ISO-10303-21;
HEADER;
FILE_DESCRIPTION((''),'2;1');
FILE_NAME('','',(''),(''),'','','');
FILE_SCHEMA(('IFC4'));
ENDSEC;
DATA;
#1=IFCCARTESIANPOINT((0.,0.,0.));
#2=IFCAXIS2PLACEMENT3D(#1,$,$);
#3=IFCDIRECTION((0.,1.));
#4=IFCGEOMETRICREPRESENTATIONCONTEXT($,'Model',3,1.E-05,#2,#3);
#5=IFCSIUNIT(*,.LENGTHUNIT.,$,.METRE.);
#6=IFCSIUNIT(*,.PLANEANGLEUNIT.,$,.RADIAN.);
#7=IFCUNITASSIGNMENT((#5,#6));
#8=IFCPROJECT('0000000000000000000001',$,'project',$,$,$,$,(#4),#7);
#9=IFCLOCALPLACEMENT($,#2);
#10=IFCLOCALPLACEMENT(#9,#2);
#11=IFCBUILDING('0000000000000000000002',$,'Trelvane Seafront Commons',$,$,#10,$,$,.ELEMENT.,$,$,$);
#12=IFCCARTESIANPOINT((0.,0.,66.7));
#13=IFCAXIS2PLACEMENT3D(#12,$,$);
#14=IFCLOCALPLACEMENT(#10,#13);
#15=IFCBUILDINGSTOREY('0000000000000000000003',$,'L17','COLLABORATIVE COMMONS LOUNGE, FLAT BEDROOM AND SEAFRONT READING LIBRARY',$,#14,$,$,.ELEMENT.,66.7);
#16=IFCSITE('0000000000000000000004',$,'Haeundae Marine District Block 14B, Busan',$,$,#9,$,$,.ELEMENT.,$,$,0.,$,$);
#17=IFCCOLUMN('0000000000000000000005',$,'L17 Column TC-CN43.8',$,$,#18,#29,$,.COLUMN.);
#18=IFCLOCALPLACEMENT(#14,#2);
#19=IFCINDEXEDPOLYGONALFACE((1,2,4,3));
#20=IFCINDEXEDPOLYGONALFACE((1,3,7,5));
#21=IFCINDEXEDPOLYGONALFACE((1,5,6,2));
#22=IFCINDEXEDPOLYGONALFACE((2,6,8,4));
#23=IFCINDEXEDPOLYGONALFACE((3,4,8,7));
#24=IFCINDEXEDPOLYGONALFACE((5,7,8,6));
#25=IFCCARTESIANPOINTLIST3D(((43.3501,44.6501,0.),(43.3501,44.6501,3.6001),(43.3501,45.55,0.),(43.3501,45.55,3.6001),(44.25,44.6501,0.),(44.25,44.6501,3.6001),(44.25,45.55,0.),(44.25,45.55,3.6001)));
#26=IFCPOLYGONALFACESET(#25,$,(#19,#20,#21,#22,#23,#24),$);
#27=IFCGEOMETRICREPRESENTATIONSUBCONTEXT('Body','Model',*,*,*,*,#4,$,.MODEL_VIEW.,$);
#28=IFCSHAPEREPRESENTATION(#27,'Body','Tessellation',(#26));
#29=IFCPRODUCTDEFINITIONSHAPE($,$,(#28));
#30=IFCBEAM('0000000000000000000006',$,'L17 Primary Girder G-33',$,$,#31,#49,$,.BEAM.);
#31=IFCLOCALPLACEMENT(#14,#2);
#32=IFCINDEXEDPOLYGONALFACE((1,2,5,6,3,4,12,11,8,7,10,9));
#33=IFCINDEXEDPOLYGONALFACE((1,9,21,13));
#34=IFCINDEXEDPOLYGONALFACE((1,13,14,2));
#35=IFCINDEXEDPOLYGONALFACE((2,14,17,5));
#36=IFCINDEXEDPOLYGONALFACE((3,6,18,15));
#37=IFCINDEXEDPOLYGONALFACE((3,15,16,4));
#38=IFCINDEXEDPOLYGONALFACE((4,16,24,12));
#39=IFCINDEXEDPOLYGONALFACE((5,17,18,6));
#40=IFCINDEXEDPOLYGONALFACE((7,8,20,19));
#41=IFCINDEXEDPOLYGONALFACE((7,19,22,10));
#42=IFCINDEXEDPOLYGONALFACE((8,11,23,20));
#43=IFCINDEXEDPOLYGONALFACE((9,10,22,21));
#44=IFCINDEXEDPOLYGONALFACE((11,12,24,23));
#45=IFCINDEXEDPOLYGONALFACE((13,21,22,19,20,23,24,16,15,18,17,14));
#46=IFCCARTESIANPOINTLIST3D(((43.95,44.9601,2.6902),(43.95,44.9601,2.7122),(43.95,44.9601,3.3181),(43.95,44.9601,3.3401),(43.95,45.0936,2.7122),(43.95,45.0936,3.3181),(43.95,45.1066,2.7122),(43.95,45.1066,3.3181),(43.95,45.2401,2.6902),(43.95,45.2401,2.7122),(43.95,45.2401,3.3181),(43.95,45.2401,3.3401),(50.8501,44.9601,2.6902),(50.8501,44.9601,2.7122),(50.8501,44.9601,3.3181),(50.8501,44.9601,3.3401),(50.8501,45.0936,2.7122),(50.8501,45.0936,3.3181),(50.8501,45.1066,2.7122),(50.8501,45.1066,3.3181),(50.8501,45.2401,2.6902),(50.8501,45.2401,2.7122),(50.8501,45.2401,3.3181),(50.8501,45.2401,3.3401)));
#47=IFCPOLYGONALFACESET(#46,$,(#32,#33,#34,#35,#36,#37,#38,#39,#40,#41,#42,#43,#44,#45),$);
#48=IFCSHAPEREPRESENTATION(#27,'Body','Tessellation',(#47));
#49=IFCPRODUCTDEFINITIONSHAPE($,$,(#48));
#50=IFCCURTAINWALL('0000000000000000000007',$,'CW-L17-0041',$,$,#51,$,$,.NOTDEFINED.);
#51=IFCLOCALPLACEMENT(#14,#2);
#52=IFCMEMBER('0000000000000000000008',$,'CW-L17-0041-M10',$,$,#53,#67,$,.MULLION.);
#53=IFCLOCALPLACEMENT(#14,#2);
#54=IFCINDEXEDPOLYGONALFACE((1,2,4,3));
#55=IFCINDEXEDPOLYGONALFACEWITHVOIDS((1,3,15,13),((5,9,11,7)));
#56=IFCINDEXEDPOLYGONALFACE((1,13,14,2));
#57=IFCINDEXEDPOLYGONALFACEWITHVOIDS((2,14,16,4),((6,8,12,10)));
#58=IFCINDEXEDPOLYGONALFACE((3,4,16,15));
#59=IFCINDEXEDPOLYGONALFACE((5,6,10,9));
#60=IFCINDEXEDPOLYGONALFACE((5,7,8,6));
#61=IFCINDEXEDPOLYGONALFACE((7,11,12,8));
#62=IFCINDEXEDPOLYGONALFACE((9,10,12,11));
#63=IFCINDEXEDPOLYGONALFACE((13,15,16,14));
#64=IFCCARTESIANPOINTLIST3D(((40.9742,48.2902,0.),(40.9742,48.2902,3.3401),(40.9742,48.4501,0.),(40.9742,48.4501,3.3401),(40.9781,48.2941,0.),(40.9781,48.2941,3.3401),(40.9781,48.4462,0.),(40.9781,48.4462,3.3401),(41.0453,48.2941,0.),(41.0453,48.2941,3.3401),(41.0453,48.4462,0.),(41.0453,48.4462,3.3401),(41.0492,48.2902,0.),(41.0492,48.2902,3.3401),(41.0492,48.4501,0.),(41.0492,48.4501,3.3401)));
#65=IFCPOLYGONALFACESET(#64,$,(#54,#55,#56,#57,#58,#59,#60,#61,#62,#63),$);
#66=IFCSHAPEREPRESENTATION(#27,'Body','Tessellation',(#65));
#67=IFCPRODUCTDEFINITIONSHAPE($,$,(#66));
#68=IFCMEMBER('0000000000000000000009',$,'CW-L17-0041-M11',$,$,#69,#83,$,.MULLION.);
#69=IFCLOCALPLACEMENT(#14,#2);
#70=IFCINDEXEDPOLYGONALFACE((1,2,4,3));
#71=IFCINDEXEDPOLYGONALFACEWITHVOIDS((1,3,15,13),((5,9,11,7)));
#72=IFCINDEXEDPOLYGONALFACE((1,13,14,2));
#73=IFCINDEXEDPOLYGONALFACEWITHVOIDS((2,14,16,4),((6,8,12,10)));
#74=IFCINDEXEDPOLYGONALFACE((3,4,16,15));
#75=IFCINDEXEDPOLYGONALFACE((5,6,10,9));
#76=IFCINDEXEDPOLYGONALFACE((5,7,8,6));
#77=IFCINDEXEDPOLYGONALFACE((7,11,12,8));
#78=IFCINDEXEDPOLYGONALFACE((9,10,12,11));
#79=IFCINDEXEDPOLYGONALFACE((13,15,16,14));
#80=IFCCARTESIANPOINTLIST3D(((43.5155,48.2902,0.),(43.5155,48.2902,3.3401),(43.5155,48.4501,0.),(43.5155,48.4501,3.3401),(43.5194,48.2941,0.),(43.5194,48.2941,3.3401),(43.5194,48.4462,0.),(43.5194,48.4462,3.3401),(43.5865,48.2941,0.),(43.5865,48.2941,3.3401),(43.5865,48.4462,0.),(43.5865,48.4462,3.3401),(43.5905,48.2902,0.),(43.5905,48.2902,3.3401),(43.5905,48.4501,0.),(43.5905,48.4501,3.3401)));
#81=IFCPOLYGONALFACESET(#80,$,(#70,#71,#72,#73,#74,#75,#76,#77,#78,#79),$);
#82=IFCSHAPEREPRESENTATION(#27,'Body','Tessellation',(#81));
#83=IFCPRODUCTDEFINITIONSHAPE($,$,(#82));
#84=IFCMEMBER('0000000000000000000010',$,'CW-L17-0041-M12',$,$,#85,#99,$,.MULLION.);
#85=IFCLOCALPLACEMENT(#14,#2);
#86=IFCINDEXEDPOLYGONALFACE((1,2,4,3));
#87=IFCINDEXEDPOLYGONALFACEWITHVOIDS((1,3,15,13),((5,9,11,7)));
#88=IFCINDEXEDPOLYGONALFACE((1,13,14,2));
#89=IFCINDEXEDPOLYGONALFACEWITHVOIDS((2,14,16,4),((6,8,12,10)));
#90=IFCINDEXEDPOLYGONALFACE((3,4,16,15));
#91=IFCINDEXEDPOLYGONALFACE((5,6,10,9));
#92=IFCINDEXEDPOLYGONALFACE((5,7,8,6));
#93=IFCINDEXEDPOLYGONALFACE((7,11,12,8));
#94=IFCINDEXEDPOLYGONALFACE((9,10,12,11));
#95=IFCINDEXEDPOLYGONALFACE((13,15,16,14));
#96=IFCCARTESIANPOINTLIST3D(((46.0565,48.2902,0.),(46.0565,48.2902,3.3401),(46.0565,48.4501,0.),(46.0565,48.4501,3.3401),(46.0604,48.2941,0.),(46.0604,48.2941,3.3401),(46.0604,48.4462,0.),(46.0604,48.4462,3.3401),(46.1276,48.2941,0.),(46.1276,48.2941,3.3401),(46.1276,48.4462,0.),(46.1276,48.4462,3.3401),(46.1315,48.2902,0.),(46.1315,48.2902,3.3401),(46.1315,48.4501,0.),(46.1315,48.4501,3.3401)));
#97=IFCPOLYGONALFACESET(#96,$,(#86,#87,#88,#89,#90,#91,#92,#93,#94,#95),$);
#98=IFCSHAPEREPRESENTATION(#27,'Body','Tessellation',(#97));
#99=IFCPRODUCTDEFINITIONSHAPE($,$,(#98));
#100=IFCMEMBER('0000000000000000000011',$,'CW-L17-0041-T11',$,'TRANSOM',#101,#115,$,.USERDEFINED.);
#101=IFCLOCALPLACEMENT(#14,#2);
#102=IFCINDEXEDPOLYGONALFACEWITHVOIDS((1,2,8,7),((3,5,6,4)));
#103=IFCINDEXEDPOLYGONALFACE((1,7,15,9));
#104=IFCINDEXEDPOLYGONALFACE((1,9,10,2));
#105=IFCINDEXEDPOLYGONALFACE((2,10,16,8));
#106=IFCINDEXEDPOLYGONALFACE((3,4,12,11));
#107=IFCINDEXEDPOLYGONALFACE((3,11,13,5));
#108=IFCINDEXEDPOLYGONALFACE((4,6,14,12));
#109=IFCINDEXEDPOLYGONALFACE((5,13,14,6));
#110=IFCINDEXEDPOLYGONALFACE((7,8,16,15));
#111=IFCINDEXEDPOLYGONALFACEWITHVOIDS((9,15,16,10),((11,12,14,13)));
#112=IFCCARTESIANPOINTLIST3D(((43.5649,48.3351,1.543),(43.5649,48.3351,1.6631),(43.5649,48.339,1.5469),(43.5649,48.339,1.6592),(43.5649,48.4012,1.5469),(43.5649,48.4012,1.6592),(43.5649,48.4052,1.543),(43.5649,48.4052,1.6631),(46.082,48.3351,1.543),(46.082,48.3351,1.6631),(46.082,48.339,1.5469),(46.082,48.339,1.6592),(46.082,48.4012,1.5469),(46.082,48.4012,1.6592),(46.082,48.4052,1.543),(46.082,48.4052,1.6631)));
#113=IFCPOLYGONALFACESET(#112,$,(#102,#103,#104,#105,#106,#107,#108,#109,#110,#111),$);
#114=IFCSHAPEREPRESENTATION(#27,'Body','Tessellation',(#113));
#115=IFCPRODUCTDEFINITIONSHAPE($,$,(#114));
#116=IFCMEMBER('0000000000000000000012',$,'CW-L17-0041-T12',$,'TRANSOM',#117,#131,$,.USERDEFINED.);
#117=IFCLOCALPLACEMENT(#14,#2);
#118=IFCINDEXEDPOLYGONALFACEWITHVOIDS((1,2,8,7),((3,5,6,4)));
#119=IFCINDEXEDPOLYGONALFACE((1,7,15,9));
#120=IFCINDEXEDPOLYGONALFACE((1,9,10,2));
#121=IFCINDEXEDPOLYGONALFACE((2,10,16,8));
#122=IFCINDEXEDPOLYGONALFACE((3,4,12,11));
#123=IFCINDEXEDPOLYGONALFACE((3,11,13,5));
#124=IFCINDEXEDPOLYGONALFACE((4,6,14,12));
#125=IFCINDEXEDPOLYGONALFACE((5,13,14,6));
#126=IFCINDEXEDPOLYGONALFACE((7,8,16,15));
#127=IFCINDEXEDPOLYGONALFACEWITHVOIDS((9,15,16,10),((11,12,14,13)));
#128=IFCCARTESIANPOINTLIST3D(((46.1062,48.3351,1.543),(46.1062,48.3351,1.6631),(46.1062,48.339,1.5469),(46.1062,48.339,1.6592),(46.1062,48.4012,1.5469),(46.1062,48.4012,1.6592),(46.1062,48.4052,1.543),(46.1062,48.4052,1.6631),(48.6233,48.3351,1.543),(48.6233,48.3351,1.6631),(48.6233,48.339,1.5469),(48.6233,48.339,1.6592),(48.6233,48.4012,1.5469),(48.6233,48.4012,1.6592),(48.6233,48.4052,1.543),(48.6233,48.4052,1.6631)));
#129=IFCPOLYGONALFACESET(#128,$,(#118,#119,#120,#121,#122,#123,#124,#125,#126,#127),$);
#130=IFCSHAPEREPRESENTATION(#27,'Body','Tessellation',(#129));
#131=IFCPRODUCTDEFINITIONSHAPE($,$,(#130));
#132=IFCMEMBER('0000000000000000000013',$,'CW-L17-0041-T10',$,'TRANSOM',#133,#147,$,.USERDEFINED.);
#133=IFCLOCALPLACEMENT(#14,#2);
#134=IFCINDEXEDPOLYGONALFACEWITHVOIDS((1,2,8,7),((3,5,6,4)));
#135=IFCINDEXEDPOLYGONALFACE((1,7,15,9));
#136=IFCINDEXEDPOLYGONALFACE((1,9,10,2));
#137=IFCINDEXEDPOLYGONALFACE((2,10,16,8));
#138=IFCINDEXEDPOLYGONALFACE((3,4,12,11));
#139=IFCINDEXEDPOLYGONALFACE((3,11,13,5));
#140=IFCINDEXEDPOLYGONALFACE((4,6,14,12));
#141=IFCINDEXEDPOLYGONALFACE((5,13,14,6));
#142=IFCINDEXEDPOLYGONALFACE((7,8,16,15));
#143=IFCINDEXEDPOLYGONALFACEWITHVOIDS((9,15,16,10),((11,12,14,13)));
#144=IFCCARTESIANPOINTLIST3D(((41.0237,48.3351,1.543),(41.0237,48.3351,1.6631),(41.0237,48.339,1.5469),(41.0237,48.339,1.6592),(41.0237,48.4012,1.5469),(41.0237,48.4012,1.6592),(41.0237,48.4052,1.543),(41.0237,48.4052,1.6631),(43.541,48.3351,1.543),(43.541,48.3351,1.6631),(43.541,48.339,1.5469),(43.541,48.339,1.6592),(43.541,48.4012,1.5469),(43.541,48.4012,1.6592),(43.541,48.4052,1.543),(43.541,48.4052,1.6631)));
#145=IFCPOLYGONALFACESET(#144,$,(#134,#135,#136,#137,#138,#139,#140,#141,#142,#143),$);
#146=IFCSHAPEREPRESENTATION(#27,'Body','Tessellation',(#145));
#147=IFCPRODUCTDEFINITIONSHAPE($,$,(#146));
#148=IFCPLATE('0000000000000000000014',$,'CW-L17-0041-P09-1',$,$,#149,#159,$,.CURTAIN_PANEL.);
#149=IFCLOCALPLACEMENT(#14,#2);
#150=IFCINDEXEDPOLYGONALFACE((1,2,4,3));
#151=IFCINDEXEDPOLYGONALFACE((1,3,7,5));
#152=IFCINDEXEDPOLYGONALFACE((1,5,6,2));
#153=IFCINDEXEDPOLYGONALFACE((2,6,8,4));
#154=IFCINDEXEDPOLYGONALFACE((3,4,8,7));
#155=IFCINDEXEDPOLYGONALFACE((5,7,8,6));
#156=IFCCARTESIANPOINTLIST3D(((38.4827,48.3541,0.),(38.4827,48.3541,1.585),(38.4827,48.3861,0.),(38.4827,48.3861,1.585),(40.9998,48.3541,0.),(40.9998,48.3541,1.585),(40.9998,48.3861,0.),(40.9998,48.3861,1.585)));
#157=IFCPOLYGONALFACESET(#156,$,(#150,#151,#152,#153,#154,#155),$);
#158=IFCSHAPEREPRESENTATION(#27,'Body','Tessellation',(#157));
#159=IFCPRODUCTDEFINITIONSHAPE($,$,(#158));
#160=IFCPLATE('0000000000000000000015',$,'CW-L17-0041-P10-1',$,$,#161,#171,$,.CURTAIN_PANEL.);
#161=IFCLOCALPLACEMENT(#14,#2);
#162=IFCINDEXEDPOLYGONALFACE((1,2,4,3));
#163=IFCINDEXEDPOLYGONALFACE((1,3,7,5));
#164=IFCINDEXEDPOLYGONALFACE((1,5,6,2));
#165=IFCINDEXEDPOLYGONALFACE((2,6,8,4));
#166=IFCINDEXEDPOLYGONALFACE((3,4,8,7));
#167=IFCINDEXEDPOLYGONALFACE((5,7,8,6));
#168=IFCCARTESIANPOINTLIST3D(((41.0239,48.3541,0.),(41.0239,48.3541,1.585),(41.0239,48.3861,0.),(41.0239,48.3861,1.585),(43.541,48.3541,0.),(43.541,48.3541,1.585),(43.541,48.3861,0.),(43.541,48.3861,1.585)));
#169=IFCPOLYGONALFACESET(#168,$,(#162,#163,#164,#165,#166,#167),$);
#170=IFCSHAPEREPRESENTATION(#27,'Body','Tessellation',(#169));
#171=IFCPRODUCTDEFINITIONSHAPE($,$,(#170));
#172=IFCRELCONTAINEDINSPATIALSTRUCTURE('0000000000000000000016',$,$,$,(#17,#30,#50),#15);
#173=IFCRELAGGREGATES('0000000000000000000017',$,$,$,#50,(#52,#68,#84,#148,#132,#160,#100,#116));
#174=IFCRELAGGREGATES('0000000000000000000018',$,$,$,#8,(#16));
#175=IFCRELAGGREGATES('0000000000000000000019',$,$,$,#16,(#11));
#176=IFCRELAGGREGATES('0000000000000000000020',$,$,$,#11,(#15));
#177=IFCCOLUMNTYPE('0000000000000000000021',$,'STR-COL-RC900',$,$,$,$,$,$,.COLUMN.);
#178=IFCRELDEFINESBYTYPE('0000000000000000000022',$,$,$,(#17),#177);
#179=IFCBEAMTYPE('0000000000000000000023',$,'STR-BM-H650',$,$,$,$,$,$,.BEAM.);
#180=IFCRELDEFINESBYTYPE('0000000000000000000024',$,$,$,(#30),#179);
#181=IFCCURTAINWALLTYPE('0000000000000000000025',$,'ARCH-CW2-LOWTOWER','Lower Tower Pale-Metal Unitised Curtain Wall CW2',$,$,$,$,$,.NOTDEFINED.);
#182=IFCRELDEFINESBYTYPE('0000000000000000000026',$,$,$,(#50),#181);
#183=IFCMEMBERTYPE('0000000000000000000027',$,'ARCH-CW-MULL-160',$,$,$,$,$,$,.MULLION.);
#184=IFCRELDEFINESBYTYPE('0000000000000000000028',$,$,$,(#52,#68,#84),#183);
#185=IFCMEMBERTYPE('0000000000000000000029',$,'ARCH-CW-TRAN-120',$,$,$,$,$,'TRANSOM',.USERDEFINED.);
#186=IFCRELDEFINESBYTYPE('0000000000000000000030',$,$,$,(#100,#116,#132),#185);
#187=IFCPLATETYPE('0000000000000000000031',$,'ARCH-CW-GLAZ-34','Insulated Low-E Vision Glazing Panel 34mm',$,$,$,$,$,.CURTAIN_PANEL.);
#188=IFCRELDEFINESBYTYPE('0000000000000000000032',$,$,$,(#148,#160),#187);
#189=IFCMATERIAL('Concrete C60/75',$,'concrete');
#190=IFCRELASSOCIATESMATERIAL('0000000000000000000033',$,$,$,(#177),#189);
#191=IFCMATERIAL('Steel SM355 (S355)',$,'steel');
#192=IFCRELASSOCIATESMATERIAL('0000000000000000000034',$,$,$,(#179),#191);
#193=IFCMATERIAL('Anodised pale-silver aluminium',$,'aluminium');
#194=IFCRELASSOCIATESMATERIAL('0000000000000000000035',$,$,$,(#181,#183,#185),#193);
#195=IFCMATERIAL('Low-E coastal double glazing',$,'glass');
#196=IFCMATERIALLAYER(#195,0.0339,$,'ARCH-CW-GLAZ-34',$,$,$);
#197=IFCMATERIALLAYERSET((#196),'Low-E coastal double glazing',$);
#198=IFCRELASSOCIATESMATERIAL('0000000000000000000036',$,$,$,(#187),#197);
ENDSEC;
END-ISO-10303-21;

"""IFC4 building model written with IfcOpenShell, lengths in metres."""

from ifc_helpers import new_model, si_unit, direction, frame, origin, origin_2d, place, context, subcontext, project, spatial, rectangle, hollow_rectangle, i_section, extrude, source, transform, mapped, material, layer, layer_set, material_profile, profile_set, type_object, element, aggregate, save


model = new_model("IFC4")

# Units and contexts
model_context = context("Model", 3, precision=1e-05, world=origin(), true_north=direction((0.0, 1.0)))
body_context = subcontext(model_context, "Body", "Model", "MODEL_VIEW")
ifc_project = project(units=[si_unit("LENGTHUNIT", "METRE"), si_unit("PLANEANGLEUNIT", "RADIAN")], contexts=[model_context])

# Site, building, storey
site_placement = place(None, origin())
site = spatial("IfcSite", under=ifc_project, at=site_placement, Name="Haeundae Marine District Block 14B, Busan", CompositionType="ELEMENT", RefElevation=0.0)
building_placement = place(site_placement, origin())
building = spatial("IfcBuilding", under=site, at=building_placement, Name="Trelvane Seafront Commons", CompositionType="ELEMENT")
storey_placement = place(building_placement, frame((0.0, 0.0, 66.7)))
storey = spatial("IfcBuildingStorey", under=building, at=storey_placement, Name="L17", Description="COLLABORATIVE COMMONS LOUNGE, FLAT BEDROOM AND SEAFRONT READING LIBRARY", CompositionType="ELEMENT", Elevation=66.7)

# Column
ifc_material_1 = material(Name="Concrete C60/75", Category="concrete")
ifc_material_profile_1 = material_profile(ifc_material_1, rectangle(XDim=0.8999, YDim=0.8999, at=origin_2d()), Name="RC-900x900")
ifc_profile_set_1 = profile_set([ifc_material_profile_1], Name="Concrete C60/75")
column_type = type_object("IfcColumnType", Name="STR-COL-RC900", PredefinedType="COLUMN", material=ifc_profile_set_1)
shared_shape_1 = source(origin(), body_context, "Body", "SweptSolid", [
    extrude(rectangle(XDim=0.8999, YDim=0.8999, at=origin_2d()), origin(), (0.0, 0.0, 1.0), 3.6001),
])
column_placement = place(storey_placement, frame((43.8, 45.1001, 0.0), z_axis=(0.0, 0.0, 1.0), x_axis=(1.0, 0.0, 0.0)))
element("IfcColumn", 1, at=column_placement, inside=storey, type_object=column_type, Name="L17 Column TC-CN43.8", PredefinedType="COLUMN", context=body_context, shape_type="MappedRepresentation", body=[
    mapped(shared_shape_1, transform((0.0, 0.0, 0.0), x_axis=(1.0, 0.0, 0.0), y_axis=(0.0, 1.0, 0.0), z_axis=(0.0, 0.0, 1.0), scale=1.0)),
])

# Beam
ifc_material_2 = material(Name="Steel SM355 (S355)", Category="steel")
ifc_material_profile_2 = material_profile(ifc_material_2, i_section(OverallWidth=0.28, OverallDepth=0.6499, WebThickness=0.0129, FlangeThickness=0.022, at=origin_2d()), Name="H-650x280x13x22")
ifc_profile_set_2 = profile_set([ifc_material_profile_2], Name="Steel SM355 (S355)")
beam_type = type_object("IfcBeamType", Name="STR-BM-H650", PredefinedType="BEAM", material=ifc_profile_set_2)
shared_shape_2 = source(origin(), body_context, "Body", "SweptSolid", [
    extrude(i_section(OverallWidth=0.28, OverallDepth=0.6499, WebThickness=0.0129, FlangeThickness=0.022, at=origin_2d()), origin(), (0.0, 0.0, 1.0), 6.9001),
])
beam_placement = place(storey_placement, frame((43.95, 45.1001, 3.0151), z_axis=(1.0, 0.0, 0.0), x_axis=(0.0, 1.0, 0.0)))
element("IfcBeam", 2, at=beam_placement, inside=storey, type_object=beam_type, Name="L17 Primary Girder G-33", PredefinedType="BEAM", context=body_context, shape_type="MappedRepresentation", body=[
    mapped(shared_shape_2, transform((0.0, 0.0, 0.0), x_axis=(1.0, 0.0, 0.0), y_axis=(0.0, 1.0, 0.0), z_axis=(0.0, 0.0, 1.0), scale=1.0)),
])

# Curtain wall, members, plates
ifc_material_3 = material(Name="Anodised pale-silver aluminium", Category="aluminium")
curtain_wall_type = type_object("IfcCurtainWallType", Name="ARCH-CW2-LOWTOWER", Description="Lower Tower Pale-Metal Unitised Curtain Wall CW2", PredefinedType="NOTDEFINED", material=ifc_material_3)
curtain_wall_placement = place(storey_placement, origin())
curtain_wall = element("IfcCurtainWall", 3, at=curtain_wall_placement, inside=storey, type_object=curtain_wall_type, Name="CW-L17-0041", PredefinedType="NOTDEFINED")
ifc_material_profile_3 = material_profile(ifc_material_3, hollow_rectangle(XDim=0.075, YDim=0.1599, WallThickness=0.0039, at=origin_2d()), Name="MULL-75x160x4")
ifc_profile_set_3 = profile_set([ifc_material_profile_3], Name="Anodised pale-silver aluminium")
member_type_1 = type_object("IfcMemberType", Name="ARCH-CW-MULL-160", PredefinedType="MULLION", material=ifc_profile_set_3)
shared_shape_3 = source(origin(), body_context, "Body", "SweptSolid", [
    extrude(hollow_rectangle(XDim=0.075, YDim=0.1599, WallThickness=0.0039, at=origin_2d()), origin(), (0.0, 0.0, 1.0), 3.3401),
])
member_1_placement = place(storey_placement, frame((41.0117, 48.3701, 0.0), z_axis=(0.0, 0.0, 1.0), x_axis=(1.0, 0.0, 0.0)))
member_1 = element("IfcMember", 4, at=member_1_placement, type_object=member_type_1, Name="CW-L17-0041-M10", PredefinedType="MULLION", context=body_context, shape_type="MappedRepresentation", body=[
    mapped(shared_shape_3, transform((0.0, 0.0, 0.0), x_axis=(1.0, 0.0, 0.0), y_axis=(0.0, 1.0, 0.0), z_axis=(0.0, 0.0, 1.0), scale=1.0)),
])
member_2_placement = place(storey_placement, frame((43.553, 48.3701, 0.0), z_axis=(0.0, 0.0, 1.0), x_axis=(1.0, 0.0, 0.0)))
member_2 = element("IfcMember", 5, at=member_2_placement, type_object=member_type_1, Name="CW-L17-0041-M11", PredefinedType="MULLION", context=body_context, shape_type="MappedRepresentation", body=[
    mapped(shared_shape_3, transform((0.0, 0.0, 0.0), x_axis=(1.0, 0.0, 0.0), y_axis=(0.0, 1.0, 0.0), z_axis=(0.0, 0.0, 1.0), scale=1.0)),
])
member_3_placement = place(storey_placement, frame((46.094, 48.3701, 0.0), z_axis=(0.0, 0.0, 1.0), x_axis=(1.0, 0.0, 0.0)))
member_3 = element("IfcMember", 6, at=member_3_placement, type_object=member_type_1, Name="CW-L17-0041-M12", PredefinedType="MULLION", context=body_context, shape_type="MappedRepresentation", body=[
    mapped(shared_shape_3, transform((0.0, 0.0, 0.0), x_axis=(1.0, 0.0, 0.0), y_axis=(0.0, 1.0, 0.0), z_axis=(0.0, 0.0, 1.0), scale=1.0)),
])
ifc_material_profile_4 = material_profile(ifc_material_3, hollow_rectangle(XDim=0.0701, YDim=0.1201, WallThickness=0.0039, at=origin_2d()), Name="TRAN-70x120x4")
ifc_profile_set_4 = profile_set([ifc_material_profile_4], Name="Anodised pale-silver aluminium")
member_type_2 = type_object("IfcMemberType", Name="ARCH-CW-TRAN-120", ElementType="TRANSOM", PredefinedType="USERDEFINED", material=ifc_profile_set_4)
shared_shape_4 = source(origin(), body_context, "Body", "SweptSolid", [
    extrude(hollow_rectangle(XDim=0.0701, YDim=0.1201, WallThickness=0.0039, at=origin_2d()), origin(), (0.0, 0.0, 1.0), 2.5171),
])
member_4_placement = place(storey_placement, frame((43.5649, 48.3701, 1.603), z_axis=(1.0, 0.0, 0.0), x_axis=(0.0, 1.0, 0.0)))
member_4 = element("IfcMember", 7, at=member_4_placement, type_object=member_type_2, Name="CW-L17-0041-T11", ObjectType="TRANSOM", PredefinedType="USERDEFINED", context=body_context, shape_type="MappedRepresentation", body=[
    mapped(shared_shape_4, transform((0.0, 0.0, 0.0), x_axis=(1.0, 0.0, 0.0), y_axis=(0.0, 1.0, 0.0), z_axis=(0.0, 0.0, 1.0), scale=1.0)),
])
member_5_placement = place(storey_placement, frame((46.1062, 48.3701, 1.603), z_axis=(1.0, 0.0, 0.0), x_axis=(0.0, 1.0, 0.0)))
member_5 = element("IfcMember", 8, at=member_5_placement, type_object=member_type_2, Name="CW-L17-0041-T12", ObjectType="TRANSOM", PredefinedType="USERDEFINED", context=body_context, shape_type="MappedRepresentation", body=[
    mapped(shared_shape_4, transform((0.0, 0.0, 0.0), x_axis=(1.0, 0.0, 0.0), y_axis=(0.0, 1.0, 0.0), z_axis=(0.0, 0.0, 1.0), scale=1.0)),
])
shared_shape_5 = source(origin(), body_context, "Body", "SweptSolid", [
    extrude(hollow_rectangle(XDim=0.0701, YDim=0.1201, WallThickness=0.0039, at=origin_2d()), origin(), (0.0, 0.0, 1.0), 2.5173),
])
member_6_placement = place(storey_placement, frame((41.0237, 48.3701, 1.603), z_axis=(1.0, 0.0, 0.0), x_axis=(0.0, 1.0, 0.0)))
member_6 = element("IfcMember", 9, at=member_6_placement, type_object=member_type_2, Name="CW-L17-0041-T10", ObjectType="TRANSOM", PredefinedType="USERDEFINED", context=body_context, shape_type="MappedRepresentation", body=[
    mapped(shared_shape_5, transform((0.0, 0.0, 0.0), x_axis=(1.0, 0.0, 0.0), y_axis=(0.0, 1.0, 0.0), z_axis=(0.0, 0.0, 1.0), scale=1.0)),
])
ifc_material_4 = material(Name="Low-E coastal double glazing", Category="glass")
ifc_layer_1 = layer(ifc_material_4, 0.0339, Name="ARCH-CW-GLAZ-34")
ifc_layer_set_1 = layer_set([ifc_layer_1], Name="Low-E coastal double glazing")
plate_type_1 = type_object("IfcPlateType", Name="ARCH-CW-GLAZ-34", Description="Insulated Low-E Vision Glazing Panel 34mm", PredefinedType="CURTAIN_PANEL", material=ifc_layer_set_1)
shared_shape_6 = source(origin(), body_context, "Body", "SweptSolid", [
    extrude(rectangle(XDim=2.5171, YDim=0.032, at=origin_2d()), origin(), (0.0, 0.0, 1.0), 1.585),
])
plate_1_placement = place(storey_placement, frame((39.7412, 48.3701, 0.0), z_axis=(0.0, 0.0, 1.0), x_axis=(1.0, 0.0, 0.0)))
plate_1 = element("IfcPlate", 10, at=plate_1_placement, type_object=plate_type_1, Name="CW-L17-0041-P09-1", PredefinedType="CURTAIN_PANEL", context=body_context, shape_type="MappedRepresentation", body=[
    mapped(shared_shape_6, transform((0.0, 0.0, 0.0), x_axis=(1.0, 0.0, 0.0), y_axis=(0.0, 1.0, 0.0), z_axis=(0.0, 0.0, 1.0), scale=1.0)),
])
plate_2_placement = place(storey_placement, frame((42.2825, 48.3701, 0.0), z_axis=(0.0, 0.0, 1.0), x_axis=(1.0, 0.0, 0.0)))
plate_2 = element("IfcPlate", 11, at=plate_2_placement, type_object=plate_type_1, Name="CW-L17-0041-P10-1", PredefinedType="CURTAIN_PANEL", context=body_context, shape_type="MappedRepresentation", body=[
    mapped(shared_shape_6, transform((0.0, 0.0, 0.0), x_axis=(1.0, 0.0, 0.0), y_axis=(0.0, 1.0, 0.0), z_axis=(0.0, 0.0, 1.0), scale=1.0)),
])
aggregate(curtain_wall, [member_1, member_2, member_3, plate_1, member_6, plate_2, member_4, member_5])

save(model, "model.ifc")
